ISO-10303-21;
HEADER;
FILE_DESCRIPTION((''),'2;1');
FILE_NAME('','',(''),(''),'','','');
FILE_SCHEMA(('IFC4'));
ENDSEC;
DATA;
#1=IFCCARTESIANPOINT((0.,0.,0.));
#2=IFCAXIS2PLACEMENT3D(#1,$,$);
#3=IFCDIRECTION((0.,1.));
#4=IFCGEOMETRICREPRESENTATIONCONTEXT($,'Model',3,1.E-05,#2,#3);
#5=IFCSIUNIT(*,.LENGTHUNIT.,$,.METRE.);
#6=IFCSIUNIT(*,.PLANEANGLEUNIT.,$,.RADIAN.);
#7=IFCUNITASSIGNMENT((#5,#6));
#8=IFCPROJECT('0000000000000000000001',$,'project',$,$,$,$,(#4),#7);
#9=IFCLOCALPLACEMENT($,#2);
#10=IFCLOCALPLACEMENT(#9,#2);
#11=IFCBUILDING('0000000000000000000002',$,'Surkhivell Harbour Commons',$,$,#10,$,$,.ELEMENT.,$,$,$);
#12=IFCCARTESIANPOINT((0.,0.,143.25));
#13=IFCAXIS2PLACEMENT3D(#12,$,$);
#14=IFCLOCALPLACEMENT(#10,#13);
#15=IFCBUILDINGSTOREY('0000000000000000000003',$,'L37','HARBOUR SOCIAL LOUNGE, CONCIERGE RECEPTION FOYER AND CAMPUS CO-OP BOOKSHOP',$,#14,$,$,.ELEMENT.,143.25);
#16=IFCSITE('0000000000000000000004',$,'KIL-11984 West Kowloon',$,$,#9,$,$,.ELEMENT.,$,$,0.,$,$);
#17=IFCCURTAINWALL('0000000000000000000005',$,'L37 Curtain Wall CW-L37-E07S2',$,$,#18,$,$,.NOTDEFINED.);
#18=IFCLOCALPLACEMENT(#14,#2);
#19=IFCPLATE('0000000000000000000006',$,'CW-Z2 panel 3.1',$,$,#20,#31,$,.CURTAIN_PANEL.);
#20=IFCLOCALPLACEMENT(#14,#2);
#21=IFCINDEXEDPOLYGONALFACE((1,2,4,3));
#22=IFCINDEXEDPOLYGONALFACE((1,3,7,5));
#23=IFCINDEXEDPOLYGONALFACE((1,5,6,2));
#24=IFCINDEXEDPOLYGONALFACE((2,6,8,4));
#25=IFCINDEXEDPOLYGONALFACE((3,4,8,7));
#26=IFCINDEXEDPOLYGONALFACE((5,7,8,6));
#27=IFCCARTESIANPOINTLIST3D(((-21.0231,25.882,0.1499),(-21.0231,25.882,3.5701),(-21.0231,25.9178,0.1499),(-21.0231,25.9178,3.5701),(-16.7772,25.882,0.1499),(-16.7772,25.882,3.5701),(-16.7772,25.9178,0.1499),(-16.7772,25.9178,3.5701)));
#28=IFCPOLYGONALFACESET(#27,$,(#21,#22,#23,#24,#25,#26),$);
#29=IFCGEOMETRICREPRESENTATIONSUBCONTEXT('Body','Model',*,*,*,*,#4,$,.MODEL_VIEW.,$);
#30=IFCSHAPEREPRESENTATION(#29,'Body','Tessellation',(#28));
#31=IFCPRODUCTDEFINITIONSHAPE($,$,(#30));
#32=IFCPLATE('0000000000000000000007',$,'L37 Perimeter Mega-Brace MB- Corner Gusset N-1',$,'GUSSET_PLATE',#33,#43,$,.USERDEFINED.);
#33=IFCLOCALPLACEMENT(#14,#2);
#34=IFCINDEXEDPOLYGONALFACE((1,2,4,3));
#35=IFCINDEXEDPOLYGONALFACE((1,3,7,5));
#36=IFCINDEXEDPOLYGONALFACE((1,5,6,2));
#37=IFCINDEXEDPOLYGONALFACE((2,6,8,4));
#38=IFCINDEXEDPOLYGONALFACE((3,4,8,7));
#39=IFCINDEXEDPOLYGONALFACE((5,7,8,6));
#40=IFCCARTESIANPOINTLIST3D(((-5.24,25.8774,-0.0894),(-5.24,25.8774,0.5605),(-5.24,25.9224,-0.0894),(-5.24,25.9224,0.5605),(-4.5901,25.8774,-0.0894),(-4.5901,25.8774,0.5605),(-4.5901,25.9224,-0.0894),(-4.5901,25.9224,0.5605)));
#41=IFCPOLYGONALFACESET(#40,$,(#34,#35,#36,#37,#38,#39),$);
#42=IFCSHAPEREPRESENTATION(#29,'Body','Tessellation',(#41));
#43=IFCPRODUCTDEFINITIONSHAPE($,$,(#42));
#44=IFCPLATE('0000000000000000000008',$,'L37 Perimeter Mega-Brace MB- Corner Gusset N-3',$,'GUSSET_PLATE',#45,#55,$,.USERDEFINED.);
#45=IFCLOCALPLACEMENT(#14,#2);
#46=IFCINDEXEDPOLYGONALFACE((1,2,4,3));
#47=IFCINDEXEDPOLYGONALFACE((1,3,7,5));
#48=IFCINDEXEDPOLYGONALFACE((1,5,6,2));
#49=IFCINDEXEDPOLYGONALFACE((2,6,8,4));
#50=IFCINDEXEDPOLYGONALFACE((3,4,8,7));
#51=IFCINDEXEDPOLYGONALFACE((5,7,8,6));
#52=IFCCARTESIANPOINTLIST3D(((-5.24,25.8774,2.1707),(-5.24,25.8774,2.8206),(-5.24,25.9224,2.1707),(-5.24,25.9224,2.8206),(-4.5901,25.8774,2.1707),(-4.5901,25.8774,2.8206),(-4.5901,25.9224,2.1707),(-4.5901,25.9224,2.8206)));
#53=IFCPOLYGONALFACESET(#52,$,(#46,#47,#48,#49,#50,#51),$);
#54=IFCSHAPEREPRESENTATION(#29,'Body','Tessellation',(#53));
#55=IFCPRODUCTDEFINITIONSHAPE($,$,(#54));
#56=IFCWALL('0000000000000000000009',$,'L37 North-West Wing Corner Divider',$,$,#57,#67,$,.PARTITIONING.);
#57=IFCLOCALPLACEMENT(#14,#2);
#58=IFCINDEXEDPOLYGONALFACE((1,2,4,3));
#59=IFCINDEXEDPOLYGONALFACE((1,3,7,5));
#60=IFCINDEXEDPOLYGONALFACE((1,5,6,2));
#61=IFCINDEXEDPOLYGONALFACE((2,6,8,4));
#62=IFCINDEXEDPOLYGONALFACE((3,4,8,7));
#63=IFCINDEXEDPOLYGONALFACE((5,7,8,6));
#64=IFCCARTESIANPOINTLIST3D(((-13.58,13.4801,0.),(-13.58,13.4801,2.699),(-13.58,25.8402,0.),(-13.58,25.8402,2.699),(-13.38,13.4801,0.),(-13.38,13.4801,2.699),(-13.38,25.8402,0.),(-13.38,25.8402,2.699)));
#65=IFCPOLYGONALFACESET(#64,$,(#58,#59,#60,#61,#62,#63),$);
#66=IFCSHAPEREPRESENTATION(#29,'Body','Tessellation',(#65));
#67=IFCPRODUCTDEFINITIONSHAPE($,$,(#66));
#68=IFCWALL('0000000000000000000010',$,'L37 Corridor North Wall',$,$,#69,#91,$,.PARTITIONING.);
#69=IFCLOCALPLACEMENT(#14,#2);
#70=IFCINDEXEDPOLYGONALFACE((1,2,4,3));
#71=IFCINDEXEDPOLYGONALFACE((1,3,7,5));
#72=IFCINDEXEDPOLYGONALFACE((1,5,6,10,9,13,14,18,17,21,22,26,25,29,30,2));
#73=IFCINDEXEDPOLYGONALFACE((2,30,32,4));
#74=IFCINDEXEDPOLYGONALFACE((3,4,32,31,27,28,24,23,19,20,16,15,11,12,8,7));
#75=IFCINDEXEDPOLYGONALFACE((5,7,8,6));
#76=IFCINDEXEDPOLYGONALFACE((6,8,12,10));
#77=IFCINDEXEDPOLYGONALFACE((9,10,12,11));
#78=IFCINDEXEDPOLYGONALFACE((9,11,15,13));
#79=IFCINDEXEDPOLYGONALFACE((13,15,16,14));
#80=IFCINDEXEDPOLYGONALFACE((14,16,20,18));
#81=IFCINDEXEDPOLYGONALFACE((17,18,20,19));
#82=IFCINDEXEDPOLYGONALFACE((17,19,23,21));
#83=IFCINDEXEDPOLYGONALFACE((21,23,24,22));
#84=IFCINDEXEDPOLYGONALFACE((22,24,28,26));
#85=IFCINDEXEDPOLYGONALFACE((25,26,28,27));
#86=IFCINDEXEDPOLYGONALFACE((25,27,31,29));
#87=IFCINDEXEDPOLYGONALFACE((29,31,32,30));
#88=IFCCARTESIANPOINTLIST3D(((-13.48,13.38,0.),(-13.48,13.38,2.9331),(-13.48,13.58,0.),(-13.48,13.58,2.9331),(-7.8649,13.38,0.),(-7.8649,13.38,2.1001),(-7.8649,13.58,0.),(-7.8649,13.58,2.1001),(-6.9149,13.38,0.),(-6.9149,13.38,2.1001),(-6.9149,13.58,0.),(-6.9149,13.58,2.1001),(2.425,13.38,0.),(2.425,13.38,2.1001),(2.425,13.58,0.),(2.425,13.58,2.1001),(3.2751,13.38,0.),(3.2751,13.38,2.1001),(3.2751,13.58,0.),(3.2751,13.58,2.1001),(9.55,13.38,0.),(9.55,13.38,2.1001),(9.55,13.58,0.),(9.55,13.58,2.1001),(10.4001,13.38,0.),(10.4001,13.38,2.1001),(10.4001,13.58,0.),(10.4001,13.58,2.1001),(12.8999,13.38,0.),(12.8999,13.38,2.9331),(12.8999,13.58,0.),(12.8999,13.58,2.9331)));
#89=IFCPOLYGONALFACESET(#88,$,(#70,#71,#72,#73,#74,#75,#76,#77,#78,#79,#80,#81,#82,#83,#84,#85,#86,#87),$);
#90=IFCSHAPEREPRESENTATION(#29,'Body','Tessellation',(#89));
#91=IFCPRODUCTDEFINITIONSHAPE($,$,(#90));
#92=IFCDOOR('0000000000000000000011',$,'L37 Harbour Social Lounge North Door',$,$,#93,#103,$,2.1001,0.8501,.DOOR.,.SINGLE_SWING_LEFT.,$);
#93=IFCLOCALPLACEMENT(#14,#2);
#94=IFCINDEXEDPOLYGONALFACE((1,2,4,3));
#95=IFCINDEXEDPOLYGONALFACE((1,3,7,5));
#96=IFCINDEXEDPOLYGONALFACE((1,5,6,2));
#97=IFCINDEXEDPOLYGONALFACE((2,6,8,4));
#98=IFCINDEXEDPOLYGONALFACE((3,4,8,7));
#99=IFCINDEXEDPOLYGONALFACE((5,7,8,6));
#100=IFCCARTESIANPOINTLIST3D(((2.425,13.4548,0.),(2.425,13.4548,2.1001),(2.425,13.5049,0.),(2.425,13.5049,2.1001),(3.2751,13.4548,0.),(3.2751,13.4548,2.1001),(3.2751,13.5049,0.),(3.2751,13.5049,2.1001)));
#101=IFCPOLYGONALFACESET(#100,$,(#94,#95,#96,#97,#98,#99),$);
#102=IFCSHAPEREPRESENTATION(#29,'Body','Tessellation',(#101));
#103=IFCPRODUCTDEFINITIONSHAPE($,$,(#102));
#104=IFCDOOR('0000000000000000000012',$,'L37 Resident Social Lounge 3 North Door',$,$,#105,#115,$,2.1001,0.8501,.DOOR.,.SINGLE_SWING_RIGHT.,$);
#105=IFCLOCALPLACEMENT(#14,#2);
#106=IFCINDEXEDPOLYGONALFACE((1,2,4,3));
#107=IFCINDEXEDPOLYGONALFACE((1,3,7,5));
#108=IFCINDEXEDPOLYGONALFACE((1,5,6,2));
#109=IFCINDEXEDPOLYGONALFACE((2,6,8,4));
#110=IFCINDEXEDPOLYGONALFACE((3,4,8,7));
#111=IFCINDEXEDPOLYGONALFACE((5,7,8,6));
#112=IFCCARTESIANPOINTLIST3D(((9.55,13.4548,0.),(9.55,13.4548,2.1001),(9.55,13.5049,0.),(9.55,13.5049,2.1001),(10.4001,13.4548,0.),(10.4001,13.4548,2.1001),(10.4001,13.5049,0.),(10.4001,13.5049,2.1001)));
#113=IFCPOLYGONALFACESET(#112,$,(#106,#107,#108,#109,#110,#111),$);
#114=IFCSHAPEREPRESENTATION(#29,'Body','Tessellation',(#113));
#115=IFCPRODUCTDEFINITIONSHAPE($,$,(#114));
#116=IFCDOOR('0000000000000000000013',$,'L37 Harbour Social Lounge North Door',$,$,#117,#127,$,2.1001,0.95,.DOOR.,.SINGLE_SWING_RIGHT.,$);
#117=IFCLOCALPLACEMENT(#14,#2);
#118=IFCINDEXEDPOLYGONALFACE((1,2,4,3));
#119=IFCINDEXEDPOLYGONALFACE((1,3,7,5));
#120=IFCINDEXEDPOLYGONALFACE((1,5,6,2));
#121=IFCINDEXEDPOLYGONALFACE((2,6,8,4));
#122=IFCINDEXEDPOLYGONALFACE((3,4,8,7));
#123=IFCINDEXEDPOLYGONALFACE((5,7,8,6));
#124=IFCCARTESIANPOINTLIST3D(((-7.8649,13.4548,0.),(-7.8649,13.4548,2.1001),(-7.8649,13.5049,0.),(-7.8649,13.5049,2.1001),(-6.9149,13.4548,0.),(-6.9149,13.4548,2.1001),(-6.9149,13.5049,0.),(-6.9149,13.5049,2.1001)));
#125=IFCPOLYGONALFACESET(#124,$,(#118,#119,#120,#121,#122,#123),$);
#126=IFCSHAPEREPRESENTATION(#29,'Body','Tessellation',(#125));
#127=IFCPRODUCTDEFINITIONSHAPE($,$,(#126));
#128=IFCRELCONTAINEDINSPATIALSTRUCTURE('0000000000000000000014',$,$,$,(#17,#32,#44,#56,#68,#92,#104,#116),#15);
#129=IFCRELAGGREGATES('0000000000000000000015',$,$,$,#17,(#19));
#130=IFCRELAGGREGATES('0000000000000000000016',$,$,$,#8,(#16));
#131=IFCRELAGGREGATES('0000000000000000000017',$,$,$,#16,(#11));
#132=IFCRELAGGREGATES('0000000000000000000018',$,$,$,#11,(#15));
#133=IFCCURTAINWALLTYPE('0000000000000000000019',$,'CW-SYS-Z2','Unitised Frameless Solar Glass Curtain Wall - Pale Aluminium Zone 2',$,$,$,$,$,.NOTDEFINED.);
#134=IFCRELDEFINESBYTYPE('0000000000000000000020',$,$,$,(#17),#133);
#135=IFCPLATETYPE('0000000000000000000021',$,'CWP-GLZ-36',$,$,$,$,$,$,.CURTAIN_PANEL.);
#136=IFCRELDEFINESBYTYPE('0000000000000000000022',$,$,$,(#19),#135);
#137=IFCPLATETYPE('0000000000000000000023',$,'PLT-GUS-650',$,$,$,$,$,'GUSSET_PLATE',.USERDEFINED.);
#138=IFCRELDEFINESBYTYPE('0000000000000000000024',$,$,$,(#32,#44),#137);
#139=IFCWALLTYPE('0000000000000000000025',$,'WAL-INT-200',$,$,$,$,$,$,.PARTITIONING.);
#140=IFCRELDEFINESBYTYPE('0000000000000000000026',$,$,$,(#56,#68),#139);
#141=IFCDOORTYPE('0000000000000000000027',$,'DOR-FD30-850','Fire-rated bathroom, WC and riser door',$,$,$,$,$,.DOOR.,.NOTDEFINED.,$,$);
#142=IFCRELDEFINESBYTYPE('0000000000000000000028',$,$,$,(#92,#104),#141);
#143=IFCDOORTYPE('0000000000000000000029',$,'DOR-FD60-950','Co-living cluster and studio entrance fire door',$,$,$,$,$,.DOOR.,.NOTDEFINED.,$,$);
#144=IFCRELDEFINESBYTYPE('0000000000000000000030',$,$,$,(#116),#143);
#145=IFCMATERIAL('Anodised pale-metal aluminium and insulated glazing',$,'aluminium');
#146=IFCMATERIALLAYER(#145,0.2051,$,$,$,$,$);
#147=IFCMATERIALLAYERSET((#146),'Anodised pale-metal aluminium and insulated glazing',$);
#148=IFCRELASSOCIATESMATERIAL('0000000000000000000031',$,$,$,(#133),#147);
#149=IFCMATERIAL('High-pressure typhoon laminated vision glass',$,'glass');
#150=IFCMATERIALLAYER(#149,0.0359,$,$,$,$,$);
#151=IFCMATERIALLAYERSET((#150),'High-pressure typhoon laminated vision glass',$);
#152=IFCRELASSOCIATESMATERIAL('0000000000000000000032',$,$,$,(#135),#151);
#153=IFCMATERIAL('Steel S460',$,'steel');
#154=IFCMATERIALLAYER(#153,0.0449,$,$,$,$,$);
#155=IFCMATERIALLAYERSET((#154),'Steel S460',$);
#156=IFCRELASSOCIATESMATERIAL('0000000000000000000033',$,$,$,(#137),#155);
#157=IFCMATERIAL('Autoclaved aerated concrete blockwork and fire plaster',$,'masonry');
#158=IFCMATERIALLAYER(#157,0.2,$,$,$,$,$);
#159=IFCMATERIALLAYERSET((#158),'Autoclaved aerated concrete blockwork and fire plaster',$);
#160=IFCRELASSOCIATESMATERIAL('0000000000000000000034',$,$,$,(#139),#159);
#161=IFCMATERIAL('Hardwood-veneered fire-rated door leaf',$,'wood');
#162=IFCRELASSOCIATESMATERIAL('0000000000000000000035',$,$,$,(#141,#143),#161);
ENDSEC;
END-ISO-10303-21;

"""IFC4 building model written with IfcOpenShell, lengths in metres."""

from ifc_helpers import new_model, si_unit, direction, frame, frame_2d, origin, origin_2d, place, context, subcontext, project, spatial, rectangle, extrude, material, layer, layer_set, type_object, element, fill, aggregate, save


model = new_model("IFC4")

# Units and contexts
model_context = context("Model", 3, precision=1e-05, world=origin(), true_north=direction((0.0, 1.0)))
body_context = subcontext(model_context, "Body", "Model", "MODEL_VIEW")
ifc_project = project(units=[si_unit("LENGTHUNIT", "METRE"), si_unit("PLANEANGLEUNIT", "RADIAN")], contexts=[model_context])

# Site, building, storey
site_placement = place(None, origin())
site = spatial("IfcSite", under=ifc_project, at=site_placement, Name="KIL-11984 West Kowloon", CompositionType="ELEMENT", RefElevation=0.0)
building_placement = place(site_placement, origin())
building = spatial("IfcBuilding", under=site, at=building_placement, Name="Surkhivell Harbour Commons", CompositionType="ELEMENT")
storey_placement = place(building_placement, frame((0.0, 0.0, 143.25)))
storey = spatial("IfcBuildingStorey", under=building, at=storey_placement, Name="L37", Description="HARBOUR SOCIAL LOUNGE, CONCIERGE RECEPTION FOYER AND CAMPUS CO-OP BOOKSHOP", CompositionType="ELEMENT", Elevation=143.25)

# Shared definitions
ifc_material_1 = material(Name="Steel S460", Category="steel")

# Curtain wall
ifc_material_2 = material(Name="Anodised pale-metal aluminium and insulated glazing", Category="aluminium")
ifc_layer_1 = layer(ifc_material_2, 0.2051)
ifc_layer_set_1 = layer_set([ifc_layer_1], Name="Anodised pale-metal aluminium and insulated glazing")
curtain_wall_type = type_object("IfcCurtainWallType", Name="CW-SYS-Z2", Description="Unitised Frameless Solar Glass Curtain Wall - Pale Aluminium Zone 2", PredefinedType="NOTDEFINED", material=ifc_layer_set_1)
curtain_wall_placement = place(storey_placement, origin())
curtain_wall = element("IfcCurtainWall", 1, at=curtain_wall_placement, inside=storey, type_object=curtain_wall_type, Name="L37 Curtain Wall CW-L37-E07S2", PredefinedType="NOTDEFINED")

# Plate
ifc_material_3 = material(Name="High-pressure typhoon laminated vision glass", Category="glass")
ifc_layer_2 = layer(ifc_material_3, 0.0359)
ifc_layer_set_2 = layer_set([ifc_layer_2], Name="High-pressure typhoon laminated vision glass")
plate_type_1 = type_object("IfcPlateType", Name="CWP-GLZ-36", PredefinedType="CURTAIN_PANEL", material=ifc_layer_set_2)
plate_1_placement = place(storey_placement, frame((-16.7771, 25.8999, 0.1499), z_axis=(0.0, 0.0, 1.0), x_axis=(-1.0, 0.0, 0.0)))
plate_1 = element("IfcPlate", 2, at=plate_1_placement, type_object=plate_type_1, Name="CW-Z2 panel 3.1", PredefinedType="CURTAIN_PANEL", context=body_context, shape_type="SweptSolid", body=[
    extrude(rectangle(XDim=4.2458, YDim=0.0359, at=frame_2d((2.123, 0.0))), origin(), (0.0, 0.0, 1.0), 3.4202),
])
aggregate(curtain_wall, [plate_1])

# Plates
ifc_layer_3 = layer(ifc_material_1, 0.0449)
ifc_layer_set_3 = layer_set([ifc_layer_3], Name="Steel S460")
plate_type_2 = type_object("IfcPlateType", Name="PLT-GUS-650", ElementType="GUSSET_PLATE", PredefinedType="USERDEFINED", material=ifc_layer_set_3)
for number, where, z_axis, x_axis, name in (
    (3, (-4.915, 25.8999, -0.0894), (0.0, 0.0, 1.0), (1.0, 0.0, 0.0), "L37 Perimeter Mega-Brace MB- Corner Gusset N-1"),
    (4, (-4.915, 25.8999, 2.1707), (0.0, 0.0, 1.0), (1.0, 0.0, 0.0), "L37 Perimeter Mega-Brace MB- Corner Gusset N-3"),
):
    element("IfcPlate", number, at=place(storey_placement, frame(where, z_axis=z_axis, x_axis=x_axis)), inside=storey, type_object=plate_type_2, Name=name, ObjectType="GUSSET_PLATE", PredefinedType="USERDEFINED", context=body_context, shape_type="SweptSolid", body=[
        extrude(rectangle(XDim=0.6499, YDim=0.0449, at=origin_2d()), origin(), (0.0, 0.0, 1.0), 0.6499),
    ])

# Wall
ifc_material_4 = material(Name="Autoclaved aerated concrete blockwork and fire plaster", Category="masonry")
ifc_layer_4 = layer(ifc_material_4, 0.2)
ifc_layer_set_4 = layer_set([ifc_layer_4], Name="Autoclaved aerated concrete blockwork and fire plaster")
wall_type = type_object("IfcWallType", Name="WAL-INT-200", PredefinedType="PARTITIONING", material=ifc_layer_set_4)
wall_1_placement = place(storey_placement, frame((-13.48, 13.48, 0.0), z_axis=(0.0, 0.0, 1.0), x_axis=(0.0, 1.0, 0.0)))
element("IfcWall", 5, at=wall_1_placement, inside=storey, type_object=wall_type, Name="L37 North-West Wing Corner Divider", PredefinedType="PARTITIONING", context=body_context, shape_type="SweptSolid", body=[
    extrude(rectangle(XDim=12.3601, YDim=0.2, at=frame_2d((6.1802, 0.0))), origin(), (0.0, 0.0, 1.0), 2.699),
])

# Wall, openings, doors
wall_2_placement = place(storey_placement, frame((-13.48, 13.48, 0.0), z_axis=(0.0, 0.0, 1.0), x_axis=(1.0, 0.0, 0.0)))
wall_2 = element("IfcWall", 6, at=wall_2_placement, inside=storey, type_object=wall_type, Name="L37 Corridor North Wall", PredefinedType="PARTITIONING", context=body_context, shape_type="SweptSolid", body=[
    extrude(rectangle(XDim=26.3799, YDim=0.2, at=frame_2d((13.1899, 0.0))), origin(), (0.0, 0.0, 1.0), 2.9331),
])
opening_1_placement = place(wall_2_placement, frame((5.615, 0.0, 0.0)))
opening_1 = element("IfcOpeningElement", 7, at=opening_1_placement, cuts=wall_2, PredefinedType="OPENING", context=body_context, shape_type="SweptSolid", body=[
    extrude(rectangle(XDim=0.95, YDim=2.1001, at=frame_2d((0.4751, 1.05))), frame((0.0, 0.1099, 0.0), z_axis=(0.0, -1.0, 0.0), x_axis=(1.0, 0.0, 0.0)), (0.0, 0.0, 1.0), 0.22),
])
opening_2_placement = place(wall_2_placement, frame((15.905, 0.0, 0.0)))
opening_2 = element("IfcOpeningElement", 8, at=opening_2_placement, cuts=wall_2, PredefinedType="OPENING", context=body_context, shape_type="SweptSolid", body=[
    extrude(rectangle(XDim=0.8501, YDim=2.1001, at=frame_2d((0.425, 1.05))), frame((0.0, 0.1099, 0.0), z_axis=(0.0, -1.0, 0.0), x_axis=(1.0, 0.0, 0.0)), (0.0, 0.0, 1.0), 0.22),
])
opening_3_placement = place(wall_2_placement, frame((23.03, 0.0, 0.0)))
opening_3 = element("IfcOpeningElement", 9, at=opening_3_placement, cuts=wall_2, PredefinedType="OPENING", context=body_context, shape_type="SweptSolid", body=[
    extrude(rectangle(XDim=0.8501, YDim=2.1001, at=frame_2d((0.425, 1.05))), frame((0.0, 0.1099, 0.0), z_axis=(0.0, -1.0, 0.0), x_axis=(1.0, 0.0, 0.0)), (0.0, 0.0, 1.0), 0.22),
])
ifc_material_5 = material(Name="Hardwood-veneered fire-rated door leaf", Category="wood")
door_type_1 = type_object("IfcDoorType", Name="DOR-FD30-850", Description="Fire-rated bathroom, WC and riser door", OperationType="NOTDEFINED", PredefinedType="DOOR", material=ifc_material_5)
door_1_placement = place(opening_2_placement, origin())
door_1 = element("IfcDoor", 10, at=door_1_placement, inside=storey, type_object=door_type_1, Name="L37 Harbour Social Lounge North Door", OperationType="SINGLE_SWING_LEFT", OverallHeight=2.1001, OverallWidth=0.8501, PredefinedType="DOOR", context=body_context, shape_type="SweptSolid", body=[
    extrude(rectangle(XDim=0.8501, YDim=2.1001, at=frame_2d((0.425, 1.05))), frame((0.0, 0.0249, 0.0), z_axis=(0.0, -1.0, 0.0), x_axis=(1.0, 0.0, 0.0)), (0.0, 0.0, 1.0), 0.05),
])
fill(opening_2, door_1)
door_2_placement = place(opening_3_placement, origin())
door_2 = element("IfcDoor", 11, at=door_2_placement, inside=storey, type_object=door_type_1, Name="L37 Resident Social Lounge 3 North Door", OperationType="SINGLE_SWING_RIGHT", OverallHeight=2.1001, OverallWidth=0.8501, PredefinedType="DOOR", context=body_context, shape_type="SweptSolid", body=[
    extrude(rectangle(XDim=0.8501, YDim=2.1001, at=frame_2d((0.425, 1.05))), frame((0.0, 0.0249, 0.0), z_axis=(0.0, -1.0, 0.0), x_axis=(1.0, 0.0, 0.0)), (0.0, 0.0, 1.0), 0.05),
])
fill(opening_3, door_2)
door_type_2 = type_object("IfcDoorType", Name="DOR-FD60-950", Description="Co-living cluster and studio entrance fire door", OperationType="NOTDEFINED", PredefinedType="DOOR", material=ifc_material_5)
door_3_placement = place(opening_1_placement, origin())
door_3 = element("IfcDoor", 12, at=door_3_placement, inside=storey, type_object=door_type_2, Name="L37 Harbour Social Lounge North Door", OperationType="SINGLE_SWING_RIGHT", OverallHeight=2.1001, OverallWidth=0.95, PredefinedType="DOOR", context=body_context, shape_type="SweptSolid", body=[
    extrude(rectangle(XDim=0.95, YDim=2.1001, at=frame_2d((0.4751, 1.05))), frame((0.0, 0.0249, 0.0), z_axis=(0.0, -1.0, 0.0), x_axis=(1.0, 0.0, 0.0)), (0.0, 0.0, 1.0), 0.05),
])
fill(opening_1, door_3)

save(model, "model.ifc")
